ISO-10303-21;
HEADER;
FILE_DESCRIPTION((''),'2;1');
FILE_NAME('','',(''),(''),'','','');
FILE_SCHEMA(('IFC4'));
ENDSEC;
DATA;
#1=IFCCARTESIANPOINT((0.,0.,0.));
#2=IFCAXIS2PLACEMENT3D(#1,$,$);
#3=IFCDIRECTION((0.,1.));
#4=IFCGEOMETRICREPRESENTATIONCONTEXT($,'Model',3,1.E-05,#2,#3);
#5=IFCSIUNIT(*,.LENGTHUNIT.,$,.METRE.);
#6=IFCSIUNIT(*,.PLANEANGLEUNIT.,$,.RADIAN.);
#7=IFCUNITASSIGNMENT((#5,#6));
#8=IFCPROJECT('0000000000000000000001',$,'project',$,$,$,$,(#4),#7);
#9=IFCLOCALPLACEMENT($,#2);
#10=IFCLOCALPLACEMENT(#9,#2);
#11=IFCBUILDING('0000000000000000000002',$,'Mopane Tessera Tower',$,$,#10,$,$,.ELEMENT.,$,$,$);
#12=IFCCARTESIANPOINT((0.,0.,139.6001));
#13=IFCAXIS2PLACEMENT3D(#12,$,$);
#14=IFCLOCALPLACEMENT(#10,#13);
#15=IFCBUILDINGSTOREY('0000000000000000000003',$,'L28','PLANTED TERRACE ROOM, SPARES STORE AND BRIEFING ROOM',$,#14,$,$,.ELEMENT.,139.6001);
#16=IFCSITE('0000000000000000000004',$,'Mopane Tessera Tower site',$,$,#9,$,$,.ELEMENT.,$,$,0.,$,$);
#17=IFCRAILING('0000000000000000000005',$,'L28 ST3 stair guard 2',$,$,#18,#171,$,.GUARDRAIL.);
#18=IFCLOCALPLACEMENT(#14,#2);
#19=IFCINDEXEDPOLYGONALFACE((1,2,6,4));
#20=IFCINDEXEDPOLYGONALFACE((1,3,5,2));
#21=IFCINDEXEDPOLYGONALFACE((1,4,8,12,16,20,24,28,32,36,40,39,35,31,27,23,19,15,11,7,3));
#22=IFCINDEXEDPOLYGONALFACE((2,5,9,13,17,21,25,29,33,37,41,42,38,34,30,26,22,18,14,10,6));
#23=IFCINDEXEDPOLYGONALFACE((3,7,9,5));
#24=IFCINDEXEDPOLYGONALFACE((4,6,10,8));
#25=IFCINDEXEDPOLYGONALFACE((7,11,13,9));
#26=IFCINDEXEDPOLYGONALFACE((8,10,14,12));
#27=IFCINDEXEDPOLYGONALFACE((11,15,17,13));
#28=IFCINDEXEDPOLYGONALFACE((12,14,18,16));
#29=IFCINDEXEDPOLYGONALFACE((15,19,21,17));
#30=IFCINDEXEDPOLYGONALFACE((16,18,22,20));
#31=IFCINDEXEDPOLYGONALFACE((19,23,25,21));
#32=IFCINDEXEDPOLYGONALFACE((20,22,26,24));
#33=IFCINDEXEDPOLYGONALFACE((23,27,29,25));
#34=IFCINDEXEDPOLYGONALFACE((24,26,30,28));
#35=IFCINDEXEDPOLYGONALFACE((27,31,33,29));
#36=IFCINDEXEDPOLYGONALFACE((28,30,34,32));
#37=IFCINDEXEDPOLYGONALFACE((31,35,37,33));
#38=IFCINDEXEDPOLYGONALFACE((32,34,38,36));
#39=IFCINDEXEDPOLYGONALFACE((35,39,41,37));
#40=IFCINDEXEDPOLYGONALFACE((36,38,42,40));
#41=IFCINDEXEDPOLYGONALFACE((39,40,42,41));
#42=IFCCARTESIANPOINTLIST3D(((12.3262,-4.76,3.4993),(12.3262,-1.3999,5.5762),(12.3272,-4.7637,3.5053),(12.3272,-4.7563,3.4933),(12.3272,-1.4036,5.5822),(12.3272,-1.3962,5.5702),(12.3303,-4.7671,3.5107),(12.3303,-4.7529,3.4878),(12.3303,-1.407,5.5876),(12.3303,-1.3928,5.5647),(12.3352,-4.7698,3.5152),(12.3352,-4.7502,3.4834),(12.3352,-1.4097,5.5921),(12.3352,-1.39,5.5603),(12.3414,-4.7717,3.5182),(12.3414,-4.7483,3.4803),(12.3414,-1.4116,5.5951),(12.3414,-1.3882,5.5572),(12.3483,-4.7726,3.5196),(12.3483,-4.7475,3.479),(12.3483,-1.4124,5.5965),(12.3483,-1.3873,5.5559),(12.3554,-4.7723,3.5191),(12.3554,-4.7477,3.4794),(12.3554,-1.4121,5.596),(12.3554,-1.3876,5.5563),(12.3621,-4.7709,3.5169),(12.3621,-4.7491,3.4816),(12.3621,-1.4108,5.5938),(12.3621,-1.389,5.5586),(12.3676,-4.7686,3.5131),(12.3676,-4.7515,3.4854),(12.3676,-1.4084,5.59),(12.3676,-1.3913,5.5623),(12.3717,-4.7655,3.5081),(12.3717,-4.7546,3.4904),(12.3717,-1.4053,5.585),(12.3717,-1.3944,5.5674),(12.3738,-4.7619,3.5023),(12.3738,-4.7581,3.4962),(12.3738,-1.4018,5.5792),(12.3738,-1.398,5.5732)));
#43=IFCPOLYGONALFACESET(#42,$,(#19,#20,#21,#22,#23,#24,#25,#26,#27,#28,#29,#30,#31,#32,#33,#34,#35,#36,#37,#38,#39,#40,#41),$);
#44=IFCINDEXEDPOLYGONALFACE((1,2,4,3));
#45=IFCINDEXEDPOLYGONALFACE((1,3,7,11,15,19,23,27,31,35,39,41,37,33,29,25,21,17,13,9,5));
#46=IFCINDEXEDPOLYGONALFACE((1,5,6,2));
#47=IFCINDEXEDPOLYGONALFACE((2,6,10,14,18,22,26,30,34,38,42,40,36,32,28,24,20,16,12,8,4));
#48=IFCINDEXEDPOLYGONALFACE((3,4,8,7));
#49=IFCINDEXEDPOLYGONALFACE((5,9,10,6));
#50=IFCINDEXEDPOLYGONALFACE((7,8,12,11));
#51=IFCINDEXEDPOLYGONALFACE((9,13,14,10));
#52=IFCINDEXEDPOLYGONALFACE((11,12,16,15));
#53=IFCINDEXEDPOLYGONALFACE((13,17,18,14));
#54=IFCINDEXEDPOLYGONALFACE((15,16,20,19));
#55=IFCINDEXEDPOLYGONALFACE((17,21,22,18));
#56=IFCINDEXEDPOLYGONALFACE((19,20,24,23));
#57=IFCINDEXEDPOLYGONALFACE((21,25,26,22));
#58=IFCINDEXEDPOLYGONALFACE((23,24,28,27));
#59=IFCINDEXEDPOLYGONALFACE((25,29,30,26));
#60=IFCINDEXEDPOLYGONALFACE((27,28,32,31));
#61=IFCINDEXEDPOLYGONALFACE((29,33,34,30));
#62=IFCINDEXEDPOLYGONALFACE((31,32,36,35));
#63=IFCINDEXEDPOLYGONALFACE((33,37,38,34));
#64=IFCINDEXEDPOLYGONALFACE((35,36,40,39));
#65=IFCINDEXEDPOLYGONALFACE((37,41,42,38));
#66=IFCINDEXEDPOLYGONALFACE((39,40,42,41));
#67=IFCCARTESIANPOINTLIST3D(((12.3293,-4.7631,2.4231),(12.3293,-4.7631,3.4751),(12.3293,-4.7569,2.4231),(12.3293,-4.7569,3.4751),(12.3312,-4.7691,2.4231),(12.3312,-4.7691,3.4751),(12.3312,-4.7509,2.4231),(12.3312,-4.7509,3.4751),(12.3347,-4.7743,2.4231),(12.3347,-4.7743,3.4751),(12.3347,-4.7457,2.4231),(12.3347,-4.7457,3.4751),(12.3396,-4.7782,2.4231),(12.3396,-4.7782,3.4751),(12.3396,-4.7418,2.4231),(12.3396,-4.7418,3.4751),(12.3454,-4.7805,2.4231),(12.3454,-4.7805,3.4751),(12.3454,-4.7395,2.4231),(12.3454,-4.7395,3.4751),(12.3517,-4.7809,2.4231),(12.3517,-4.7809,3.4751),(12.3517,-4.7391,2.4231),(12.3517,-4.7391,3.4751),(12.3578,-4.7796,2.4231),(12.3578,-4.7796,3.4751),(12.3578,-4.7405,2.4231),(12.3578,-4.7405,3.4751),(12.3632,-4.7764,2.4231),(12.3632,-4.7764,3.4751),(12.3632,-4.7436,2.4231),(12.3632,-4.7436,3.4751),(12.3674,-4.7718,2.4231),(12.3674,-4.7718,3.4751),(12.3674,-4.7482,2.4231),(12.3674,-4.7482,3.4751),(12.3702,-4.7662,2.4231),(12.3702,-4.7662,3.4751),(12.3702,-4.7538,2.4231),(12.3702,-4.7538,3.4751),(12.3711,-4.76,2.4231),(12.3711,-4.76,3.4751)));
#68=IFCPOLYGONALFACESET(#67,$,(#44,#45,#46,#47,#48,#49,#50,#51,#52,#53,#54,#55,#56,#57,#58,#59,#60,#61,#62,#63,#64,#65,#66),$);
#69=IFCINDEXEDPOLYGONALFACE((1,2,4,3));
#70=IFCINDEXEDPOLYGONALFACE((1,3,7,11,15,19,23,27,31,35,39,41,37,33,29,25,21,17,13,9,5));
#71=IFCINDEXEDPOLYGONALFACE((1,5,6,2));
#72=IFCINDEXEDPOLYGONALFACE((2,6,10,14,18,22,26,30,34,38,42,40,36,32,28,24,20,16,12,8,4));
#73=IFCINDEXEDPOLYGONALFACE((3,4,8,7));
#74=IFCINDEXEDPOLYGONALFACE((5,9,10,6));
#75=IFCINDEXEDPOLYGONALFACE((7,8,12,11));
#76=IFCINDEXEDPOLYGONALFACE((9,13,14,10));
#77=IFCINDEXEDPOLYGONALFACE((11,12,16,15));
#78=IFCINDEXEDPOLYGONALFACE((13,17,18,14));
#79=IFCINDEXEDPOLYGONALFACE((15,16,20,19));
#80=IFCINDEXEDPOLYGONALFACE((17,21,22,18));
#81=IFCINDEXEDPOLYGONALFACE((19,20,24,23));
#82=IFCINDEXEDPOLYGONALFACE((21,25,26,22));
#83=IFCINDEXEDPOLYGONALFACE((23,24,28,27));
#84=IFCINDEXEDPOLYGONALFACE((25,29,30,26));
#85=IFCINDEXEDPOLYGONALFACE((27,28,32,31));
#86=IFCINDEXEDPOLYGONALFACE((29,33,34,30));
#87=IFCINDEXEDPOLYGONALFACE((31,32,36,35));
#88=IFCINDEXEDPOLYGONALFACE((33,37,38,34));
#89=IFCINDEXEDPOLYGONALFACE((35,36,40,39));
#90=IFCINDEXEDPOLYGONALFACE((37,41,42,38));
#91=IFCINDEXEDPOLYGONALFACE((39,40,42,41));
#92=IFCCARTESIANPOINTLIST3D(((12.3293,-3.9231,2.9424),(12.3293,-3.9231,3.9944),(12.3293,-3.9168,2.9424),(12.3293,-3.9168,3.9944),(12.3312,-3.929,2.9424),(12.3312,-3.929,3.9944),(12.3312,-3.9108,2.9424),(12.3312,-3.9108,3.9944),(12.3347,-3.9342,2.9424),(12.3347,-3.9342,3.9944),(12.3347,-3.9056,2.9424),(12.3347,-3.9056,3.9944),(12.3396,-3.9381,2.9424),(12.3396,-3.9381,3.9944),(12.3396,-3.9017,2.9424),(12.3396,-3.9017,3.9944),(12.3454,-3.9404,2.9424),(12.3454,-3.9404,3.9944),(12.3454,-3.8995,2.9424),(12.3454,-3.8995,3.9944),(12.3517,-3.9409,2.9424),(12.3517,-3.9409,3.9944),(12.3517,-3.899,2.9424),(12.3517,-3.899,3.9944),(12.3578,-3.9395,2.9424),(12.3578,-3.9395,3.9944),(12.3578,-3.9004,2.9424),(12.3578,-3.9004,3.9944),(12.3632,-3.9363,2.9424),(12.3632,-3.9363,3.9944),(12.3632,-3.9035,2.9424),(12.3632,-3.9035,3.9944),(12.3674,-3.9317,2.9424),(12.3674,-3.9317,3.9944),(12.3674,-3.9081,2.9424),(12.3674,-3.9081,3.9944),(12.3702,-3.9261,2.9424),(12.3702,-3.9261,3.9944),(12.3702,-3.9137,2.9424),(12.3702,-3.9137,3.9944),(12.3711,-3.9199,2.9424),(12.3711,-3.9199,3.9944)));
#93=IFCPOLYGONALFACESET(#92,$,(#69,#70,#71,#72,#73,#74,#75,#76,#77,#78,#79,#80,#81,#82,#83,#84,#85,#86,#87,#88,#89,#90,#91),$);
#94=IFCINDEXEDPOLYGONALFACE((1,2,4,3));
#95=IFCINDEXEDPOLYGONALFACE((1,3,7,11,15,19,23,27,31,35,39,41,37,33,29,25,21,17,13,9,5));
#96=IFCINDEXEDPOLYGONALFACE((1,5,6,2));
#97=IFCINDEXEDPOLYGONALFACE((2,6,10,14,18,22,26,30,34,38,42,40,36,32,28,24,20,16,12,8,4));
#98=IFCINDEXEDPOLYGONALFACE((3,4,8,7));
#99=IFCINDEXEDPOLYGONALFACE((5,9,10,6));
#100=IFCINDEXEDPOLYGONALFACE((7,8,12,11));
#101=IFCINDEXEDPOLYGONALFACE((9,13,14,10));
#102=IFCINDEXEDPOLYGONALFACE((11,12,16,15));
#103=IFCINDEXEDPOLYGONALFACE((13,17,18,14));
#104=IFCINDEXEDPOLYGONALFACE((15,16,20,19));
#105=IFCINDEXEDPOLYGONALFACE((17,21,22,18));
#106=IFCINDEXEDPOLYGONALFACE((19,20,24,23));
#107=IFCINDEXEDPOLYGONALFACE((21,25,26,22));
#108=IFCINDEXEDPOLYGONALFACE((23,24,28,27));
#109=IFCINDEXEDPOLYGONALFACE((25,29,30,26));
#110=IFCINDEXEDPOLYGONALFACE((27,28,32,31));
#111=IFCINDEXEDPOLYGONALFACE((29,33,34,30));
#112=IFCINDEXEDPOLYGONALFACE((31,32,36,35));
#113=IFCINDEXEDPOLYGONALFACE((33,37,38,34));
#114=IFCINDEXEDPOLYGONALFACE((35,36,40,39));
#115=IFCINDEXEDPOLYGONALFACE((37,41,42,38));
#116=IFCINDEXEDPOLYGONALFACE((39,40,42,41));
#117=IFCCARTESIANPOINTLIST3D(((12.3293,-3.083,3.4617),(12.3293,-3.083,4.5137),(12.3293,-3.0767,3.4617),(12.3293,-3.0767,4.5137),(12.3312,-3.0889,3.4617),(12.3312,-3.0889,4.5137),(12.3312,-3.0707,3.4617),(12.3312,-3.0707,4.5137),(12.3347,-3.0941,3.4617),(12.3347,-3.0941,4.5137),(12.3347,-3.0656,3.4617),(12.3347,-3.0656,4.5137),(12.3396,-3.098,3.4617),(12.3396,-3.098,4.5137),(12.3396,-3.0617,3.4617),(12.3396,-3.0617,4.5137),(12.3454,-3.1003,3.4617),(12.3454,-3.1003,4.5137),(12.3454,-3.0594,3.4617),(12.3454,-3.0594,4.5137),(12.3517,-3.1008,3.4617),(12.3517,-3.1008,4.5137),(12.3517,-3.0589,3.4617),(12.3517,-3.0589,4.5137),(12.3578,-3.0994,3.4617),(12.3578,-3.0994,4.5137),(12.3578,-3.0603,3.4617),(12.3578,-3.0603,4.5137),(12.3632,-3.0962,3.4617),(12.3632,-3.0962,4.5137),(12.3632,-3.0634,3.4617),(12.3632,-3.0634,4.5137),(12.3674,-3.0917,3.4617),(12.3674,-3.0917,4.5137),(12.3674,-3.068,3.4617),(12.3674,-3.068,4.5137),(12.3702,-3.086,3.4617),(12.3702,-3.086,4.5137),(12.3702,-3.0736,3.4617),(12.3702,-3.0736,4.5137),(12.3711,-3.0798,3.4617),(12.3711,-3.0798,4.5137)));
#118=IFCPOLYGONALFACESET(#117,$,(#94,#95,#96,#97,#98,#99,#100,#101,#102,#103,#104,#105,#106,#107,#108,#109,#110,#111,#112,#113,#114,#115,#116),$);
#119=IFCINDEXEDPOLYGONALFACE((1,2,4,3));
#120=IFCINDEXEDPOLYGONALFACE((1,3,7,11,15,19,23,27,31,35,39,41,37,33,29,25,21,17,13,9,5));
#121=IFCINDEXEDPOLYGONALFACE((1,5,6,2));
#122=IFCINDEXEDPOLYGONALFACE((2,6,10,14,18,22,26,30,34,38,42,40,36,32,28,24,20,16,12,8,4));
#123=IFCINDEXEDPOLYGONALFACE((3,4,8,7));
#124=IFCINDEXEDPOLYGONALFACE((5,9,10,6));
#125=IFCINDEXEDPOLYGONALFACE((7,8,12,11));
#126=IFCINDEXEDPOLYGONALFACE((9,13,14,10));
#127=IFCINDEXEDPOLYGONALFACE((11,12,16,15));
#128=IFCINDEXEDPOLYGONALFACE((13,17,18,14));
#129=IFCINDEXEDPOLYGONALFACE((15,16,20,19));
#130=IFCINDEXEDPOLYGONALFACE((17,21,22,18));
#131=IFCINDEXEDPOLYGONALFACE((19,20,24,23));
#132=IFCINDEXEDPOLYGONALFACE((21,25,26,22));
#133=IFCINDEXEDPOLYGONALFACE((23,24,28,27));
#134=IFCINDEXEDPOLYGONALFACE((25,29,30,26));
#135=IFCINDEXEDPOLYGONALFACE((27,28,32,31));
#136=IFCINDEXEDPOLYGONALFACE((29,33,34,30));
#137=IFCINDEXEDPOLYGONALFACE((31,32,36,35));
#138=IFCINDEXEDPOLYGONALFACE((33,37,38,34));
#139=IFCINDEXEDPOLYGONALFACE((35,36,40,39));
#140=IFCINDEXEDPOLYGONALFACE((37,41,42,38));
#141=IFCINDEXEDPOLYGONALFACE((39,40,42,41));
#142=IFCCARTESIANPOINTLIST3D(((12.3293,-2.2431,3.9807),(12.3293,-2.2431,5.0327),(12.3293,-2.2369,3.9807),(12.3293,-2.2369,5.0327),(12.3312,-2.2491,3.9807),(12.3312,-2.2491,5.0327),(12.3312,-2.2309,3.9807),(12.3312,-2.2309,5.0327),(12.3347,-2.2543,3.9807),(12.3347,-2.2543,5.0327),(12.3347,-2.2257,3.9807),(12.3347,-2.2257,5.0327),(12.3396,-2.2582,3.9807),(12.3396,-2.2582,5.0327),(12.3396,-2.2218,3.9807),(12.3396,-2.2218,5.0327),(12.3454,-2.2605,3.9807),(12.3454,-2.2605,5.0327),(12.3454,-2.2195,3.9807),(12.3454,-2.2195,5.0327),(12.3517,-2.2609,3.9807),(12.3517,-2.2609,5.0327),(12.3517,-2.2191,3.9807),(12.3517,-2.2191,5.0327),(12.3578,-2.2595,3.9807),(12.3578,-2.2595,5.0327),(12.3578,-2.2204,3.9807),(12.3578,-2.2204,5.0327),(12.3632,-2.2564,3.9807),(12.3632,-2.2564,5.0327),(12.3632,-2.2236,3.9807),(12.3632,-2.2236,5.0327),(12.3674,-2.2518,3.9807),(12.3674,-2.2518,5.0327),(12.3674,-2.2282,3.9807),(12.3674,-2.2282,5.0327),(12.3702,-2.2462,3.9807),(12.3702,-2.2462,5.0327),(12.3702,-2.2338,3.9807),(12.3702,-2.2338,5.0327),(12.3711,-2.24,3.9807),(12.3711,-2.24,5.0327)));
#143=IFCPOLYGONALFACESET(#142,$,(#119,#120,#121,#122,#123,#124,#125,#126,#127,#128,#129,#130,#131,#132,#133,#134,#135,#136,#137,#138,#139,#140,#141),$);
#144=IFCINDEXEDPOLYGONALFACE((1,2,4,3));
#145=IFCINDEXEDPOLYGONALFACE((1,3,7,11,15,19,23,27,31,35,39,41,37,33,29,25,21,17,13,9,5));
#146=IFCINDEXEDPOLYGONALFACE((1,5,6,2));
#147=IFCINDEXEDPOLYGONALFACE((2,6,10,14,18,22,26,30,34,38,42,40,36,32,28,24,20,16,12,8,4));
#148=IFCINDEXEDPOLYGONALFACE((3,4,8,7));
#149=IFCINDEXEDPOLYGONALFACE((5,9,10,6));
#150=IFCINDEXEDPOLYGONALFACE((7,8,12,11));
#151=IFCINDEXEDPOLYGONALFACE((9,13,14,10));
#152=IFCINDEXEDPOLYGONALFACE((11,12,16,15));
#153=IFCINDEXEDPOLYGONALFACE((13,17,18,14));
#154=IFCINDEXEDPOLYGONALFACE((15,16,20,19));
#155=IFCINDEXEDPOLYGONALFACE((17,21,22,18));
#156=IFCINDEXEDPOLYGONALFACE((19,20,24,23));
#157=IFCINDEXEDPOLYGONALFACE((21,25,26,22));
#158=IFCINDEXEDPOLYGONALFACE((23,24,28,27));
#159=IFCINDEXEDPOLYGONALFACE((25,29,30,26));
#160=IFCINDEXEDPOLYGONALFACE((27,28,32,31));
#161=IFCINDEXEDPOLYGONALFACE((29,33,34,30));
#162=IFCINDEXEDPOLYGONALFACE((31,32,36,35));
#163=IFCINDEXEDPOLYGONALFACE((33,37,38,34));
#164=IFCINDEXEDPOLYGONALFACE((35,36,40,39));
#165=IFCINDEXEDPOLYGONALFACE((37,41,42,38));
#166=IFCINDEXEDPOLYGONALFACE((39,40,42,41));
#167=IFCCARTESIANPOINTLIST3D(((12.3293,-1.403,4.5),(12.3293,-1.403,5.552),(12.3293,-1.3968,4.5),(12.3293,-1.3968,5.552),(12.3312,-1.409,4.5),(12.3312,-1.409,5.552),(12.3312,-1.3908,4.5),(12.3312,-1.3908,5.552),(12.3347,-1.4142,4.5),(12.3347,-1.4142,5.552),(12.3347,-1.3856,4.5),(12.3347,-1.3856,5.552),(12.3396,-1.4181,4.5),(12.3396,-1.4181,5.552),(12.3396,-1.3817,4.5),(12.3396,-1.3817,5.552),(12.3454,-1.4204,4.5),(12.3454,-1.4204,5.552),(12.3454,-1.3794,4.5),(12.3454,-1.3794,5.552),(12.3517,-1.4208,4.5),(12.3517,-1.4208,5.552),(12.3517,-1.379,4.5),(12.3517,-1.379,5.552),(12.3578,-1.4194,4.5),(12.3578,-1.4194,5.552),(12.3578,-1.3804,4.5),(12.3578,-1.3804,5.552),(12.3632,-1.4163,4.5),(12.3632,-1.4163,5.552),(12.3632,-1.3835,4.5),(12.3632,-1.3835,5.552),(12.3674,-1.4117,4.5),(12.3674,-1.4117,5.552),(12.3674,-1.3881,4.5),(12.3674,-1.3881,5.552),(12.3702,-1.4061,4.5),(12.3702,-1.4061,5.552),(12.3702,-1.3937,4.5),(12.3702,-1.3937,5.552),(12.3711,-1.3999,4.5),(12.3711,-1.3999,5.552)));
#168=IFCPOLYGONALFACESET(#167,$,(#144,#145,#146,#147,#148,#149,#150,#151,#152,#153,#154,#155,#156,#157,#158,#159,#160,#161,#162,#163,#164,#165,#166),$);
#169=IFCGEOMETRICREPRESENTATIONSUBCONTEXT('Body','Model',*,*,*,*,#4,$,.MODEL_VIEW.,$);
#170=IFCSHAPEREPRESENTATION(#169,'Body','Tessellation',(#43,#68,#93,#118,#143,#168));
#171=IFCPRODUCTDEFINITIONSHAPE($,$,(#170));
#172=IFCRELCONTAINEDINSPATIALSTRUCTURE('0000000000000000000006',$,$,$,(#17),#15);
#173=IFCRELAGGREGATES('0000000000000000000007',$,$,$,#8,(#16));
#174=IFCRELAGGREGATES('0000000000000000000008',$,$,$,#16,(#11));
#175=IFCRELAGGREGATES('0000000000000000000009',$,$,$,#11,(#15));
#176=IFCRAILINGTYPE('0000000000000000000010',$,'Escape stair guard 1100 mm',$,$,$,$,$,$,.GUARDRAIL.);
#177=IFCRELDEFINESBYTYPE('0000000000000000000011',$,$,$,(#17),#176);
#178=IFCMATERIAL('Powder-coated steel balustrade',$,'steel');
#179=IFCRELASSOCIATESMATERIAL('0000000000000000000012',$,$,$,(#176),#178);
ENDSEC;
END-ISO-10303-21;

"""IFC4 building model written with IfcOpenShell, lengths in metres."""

from ifc_helpers import new_model, si_unit, direction, frame, origin, origin_2d, place, context, subcontext, project, spatial, circle, extrude, material, type_object, element, save


model = new_model("IFC4")

# Units and contexts
model_context = context("Model", 3, precision=1e-05, world=origin(), true_north=direction((0.0, 1.0)))
body_context = subcontext(model_context, "Body", "Model", "MODEL_VIEW")
ifc_project = project(units=[si_unit("LENGTHUNIT", "METRE"), si_unit("PLANEANGLEUNIT", "RADIAN")], contexts=[model_context])

# Site, building, storey
site_placement = place(None, origin())
site = spatial("IfcSite", under=ifc_project, at=site_placement, Name="Mopane Tessera Tower site", CompositionType="ELEMENT", RefElevation=0.0)
building_placement = place(site_placement, origin())
building = spatial("IfcBuilding", under=site, at=building_placement, Name="Mopane Tessera Tower", CompositionType="ELEMENT")
storey_placement = place(building_placement, frame((0.0, 0.0, 139.6001)))
storey = spatial("IfcBuildingStorey", under=building, at=storey_placement, Name="L28", Description="PLANTED TERRACE ROOM, SPARES STORE AND BRIEFING ROOM", CompositionType="ELEMENT", Elevation=139.6001)

# Railing
ifc_material_1 = material(Name="Powder-coated steel balustrade", Category="steel")
railing_type_1 = type_object("IfcRailingType", Name="Escape stair guard 1100 mm", PredefinedType="GUARDRAIL", material=ifc_material_1)
railing_1_placement = place(storey_placement, frame((12.3501, -4.76, 2.4231)))
element("IfcRailing", 1, at=railing_1_placement, inside=storey, type_object=railing_type_1, Name="L28 ST3 stair guard 2", PredefinedType="GUARDRAIL", context=body_context, shape_type="SweptSolid", body=[
    extrude(circle(Radius=0.0239, at=origin_2d()), frame((0.0, 0.0, 1.0762), z_axis=(0.0, 0.850623, 0.525776), x_axis=(-1.0, 0.0, 0.0)), (0.0, 0.0, 1.0), 3.9502),
    extrude(circle(Radius=0.021, at=origin_2d()), origin(), (0.0, 0.0, 1.0), 1.052),
    extrude(circle(Radius=0.021, at=origin_2d()), frame((0.0, 0.8401, 0.5193)), (0.0, 0.0, 1.0), 1.052),
    extrude(circle(Radius=0.021, at=origin_2d()), frame((0.0, 1.6802, 1.0386)), (0.0, 0.0, 1.0), 1.052),
    extrude(circle(Radius=0.021, at=origin_2d()), frame((0.0, 2.52, 1.5576)), (0.0, 0.0, 1.0), 1.052),
    extrude(circle(Radius=0.021, at=origin_2d()), frame((0.0, 3.3601, 2.0769)), (0.0, 0.0, 1.0), 1.052),
])

save(model, "model.ifc")
